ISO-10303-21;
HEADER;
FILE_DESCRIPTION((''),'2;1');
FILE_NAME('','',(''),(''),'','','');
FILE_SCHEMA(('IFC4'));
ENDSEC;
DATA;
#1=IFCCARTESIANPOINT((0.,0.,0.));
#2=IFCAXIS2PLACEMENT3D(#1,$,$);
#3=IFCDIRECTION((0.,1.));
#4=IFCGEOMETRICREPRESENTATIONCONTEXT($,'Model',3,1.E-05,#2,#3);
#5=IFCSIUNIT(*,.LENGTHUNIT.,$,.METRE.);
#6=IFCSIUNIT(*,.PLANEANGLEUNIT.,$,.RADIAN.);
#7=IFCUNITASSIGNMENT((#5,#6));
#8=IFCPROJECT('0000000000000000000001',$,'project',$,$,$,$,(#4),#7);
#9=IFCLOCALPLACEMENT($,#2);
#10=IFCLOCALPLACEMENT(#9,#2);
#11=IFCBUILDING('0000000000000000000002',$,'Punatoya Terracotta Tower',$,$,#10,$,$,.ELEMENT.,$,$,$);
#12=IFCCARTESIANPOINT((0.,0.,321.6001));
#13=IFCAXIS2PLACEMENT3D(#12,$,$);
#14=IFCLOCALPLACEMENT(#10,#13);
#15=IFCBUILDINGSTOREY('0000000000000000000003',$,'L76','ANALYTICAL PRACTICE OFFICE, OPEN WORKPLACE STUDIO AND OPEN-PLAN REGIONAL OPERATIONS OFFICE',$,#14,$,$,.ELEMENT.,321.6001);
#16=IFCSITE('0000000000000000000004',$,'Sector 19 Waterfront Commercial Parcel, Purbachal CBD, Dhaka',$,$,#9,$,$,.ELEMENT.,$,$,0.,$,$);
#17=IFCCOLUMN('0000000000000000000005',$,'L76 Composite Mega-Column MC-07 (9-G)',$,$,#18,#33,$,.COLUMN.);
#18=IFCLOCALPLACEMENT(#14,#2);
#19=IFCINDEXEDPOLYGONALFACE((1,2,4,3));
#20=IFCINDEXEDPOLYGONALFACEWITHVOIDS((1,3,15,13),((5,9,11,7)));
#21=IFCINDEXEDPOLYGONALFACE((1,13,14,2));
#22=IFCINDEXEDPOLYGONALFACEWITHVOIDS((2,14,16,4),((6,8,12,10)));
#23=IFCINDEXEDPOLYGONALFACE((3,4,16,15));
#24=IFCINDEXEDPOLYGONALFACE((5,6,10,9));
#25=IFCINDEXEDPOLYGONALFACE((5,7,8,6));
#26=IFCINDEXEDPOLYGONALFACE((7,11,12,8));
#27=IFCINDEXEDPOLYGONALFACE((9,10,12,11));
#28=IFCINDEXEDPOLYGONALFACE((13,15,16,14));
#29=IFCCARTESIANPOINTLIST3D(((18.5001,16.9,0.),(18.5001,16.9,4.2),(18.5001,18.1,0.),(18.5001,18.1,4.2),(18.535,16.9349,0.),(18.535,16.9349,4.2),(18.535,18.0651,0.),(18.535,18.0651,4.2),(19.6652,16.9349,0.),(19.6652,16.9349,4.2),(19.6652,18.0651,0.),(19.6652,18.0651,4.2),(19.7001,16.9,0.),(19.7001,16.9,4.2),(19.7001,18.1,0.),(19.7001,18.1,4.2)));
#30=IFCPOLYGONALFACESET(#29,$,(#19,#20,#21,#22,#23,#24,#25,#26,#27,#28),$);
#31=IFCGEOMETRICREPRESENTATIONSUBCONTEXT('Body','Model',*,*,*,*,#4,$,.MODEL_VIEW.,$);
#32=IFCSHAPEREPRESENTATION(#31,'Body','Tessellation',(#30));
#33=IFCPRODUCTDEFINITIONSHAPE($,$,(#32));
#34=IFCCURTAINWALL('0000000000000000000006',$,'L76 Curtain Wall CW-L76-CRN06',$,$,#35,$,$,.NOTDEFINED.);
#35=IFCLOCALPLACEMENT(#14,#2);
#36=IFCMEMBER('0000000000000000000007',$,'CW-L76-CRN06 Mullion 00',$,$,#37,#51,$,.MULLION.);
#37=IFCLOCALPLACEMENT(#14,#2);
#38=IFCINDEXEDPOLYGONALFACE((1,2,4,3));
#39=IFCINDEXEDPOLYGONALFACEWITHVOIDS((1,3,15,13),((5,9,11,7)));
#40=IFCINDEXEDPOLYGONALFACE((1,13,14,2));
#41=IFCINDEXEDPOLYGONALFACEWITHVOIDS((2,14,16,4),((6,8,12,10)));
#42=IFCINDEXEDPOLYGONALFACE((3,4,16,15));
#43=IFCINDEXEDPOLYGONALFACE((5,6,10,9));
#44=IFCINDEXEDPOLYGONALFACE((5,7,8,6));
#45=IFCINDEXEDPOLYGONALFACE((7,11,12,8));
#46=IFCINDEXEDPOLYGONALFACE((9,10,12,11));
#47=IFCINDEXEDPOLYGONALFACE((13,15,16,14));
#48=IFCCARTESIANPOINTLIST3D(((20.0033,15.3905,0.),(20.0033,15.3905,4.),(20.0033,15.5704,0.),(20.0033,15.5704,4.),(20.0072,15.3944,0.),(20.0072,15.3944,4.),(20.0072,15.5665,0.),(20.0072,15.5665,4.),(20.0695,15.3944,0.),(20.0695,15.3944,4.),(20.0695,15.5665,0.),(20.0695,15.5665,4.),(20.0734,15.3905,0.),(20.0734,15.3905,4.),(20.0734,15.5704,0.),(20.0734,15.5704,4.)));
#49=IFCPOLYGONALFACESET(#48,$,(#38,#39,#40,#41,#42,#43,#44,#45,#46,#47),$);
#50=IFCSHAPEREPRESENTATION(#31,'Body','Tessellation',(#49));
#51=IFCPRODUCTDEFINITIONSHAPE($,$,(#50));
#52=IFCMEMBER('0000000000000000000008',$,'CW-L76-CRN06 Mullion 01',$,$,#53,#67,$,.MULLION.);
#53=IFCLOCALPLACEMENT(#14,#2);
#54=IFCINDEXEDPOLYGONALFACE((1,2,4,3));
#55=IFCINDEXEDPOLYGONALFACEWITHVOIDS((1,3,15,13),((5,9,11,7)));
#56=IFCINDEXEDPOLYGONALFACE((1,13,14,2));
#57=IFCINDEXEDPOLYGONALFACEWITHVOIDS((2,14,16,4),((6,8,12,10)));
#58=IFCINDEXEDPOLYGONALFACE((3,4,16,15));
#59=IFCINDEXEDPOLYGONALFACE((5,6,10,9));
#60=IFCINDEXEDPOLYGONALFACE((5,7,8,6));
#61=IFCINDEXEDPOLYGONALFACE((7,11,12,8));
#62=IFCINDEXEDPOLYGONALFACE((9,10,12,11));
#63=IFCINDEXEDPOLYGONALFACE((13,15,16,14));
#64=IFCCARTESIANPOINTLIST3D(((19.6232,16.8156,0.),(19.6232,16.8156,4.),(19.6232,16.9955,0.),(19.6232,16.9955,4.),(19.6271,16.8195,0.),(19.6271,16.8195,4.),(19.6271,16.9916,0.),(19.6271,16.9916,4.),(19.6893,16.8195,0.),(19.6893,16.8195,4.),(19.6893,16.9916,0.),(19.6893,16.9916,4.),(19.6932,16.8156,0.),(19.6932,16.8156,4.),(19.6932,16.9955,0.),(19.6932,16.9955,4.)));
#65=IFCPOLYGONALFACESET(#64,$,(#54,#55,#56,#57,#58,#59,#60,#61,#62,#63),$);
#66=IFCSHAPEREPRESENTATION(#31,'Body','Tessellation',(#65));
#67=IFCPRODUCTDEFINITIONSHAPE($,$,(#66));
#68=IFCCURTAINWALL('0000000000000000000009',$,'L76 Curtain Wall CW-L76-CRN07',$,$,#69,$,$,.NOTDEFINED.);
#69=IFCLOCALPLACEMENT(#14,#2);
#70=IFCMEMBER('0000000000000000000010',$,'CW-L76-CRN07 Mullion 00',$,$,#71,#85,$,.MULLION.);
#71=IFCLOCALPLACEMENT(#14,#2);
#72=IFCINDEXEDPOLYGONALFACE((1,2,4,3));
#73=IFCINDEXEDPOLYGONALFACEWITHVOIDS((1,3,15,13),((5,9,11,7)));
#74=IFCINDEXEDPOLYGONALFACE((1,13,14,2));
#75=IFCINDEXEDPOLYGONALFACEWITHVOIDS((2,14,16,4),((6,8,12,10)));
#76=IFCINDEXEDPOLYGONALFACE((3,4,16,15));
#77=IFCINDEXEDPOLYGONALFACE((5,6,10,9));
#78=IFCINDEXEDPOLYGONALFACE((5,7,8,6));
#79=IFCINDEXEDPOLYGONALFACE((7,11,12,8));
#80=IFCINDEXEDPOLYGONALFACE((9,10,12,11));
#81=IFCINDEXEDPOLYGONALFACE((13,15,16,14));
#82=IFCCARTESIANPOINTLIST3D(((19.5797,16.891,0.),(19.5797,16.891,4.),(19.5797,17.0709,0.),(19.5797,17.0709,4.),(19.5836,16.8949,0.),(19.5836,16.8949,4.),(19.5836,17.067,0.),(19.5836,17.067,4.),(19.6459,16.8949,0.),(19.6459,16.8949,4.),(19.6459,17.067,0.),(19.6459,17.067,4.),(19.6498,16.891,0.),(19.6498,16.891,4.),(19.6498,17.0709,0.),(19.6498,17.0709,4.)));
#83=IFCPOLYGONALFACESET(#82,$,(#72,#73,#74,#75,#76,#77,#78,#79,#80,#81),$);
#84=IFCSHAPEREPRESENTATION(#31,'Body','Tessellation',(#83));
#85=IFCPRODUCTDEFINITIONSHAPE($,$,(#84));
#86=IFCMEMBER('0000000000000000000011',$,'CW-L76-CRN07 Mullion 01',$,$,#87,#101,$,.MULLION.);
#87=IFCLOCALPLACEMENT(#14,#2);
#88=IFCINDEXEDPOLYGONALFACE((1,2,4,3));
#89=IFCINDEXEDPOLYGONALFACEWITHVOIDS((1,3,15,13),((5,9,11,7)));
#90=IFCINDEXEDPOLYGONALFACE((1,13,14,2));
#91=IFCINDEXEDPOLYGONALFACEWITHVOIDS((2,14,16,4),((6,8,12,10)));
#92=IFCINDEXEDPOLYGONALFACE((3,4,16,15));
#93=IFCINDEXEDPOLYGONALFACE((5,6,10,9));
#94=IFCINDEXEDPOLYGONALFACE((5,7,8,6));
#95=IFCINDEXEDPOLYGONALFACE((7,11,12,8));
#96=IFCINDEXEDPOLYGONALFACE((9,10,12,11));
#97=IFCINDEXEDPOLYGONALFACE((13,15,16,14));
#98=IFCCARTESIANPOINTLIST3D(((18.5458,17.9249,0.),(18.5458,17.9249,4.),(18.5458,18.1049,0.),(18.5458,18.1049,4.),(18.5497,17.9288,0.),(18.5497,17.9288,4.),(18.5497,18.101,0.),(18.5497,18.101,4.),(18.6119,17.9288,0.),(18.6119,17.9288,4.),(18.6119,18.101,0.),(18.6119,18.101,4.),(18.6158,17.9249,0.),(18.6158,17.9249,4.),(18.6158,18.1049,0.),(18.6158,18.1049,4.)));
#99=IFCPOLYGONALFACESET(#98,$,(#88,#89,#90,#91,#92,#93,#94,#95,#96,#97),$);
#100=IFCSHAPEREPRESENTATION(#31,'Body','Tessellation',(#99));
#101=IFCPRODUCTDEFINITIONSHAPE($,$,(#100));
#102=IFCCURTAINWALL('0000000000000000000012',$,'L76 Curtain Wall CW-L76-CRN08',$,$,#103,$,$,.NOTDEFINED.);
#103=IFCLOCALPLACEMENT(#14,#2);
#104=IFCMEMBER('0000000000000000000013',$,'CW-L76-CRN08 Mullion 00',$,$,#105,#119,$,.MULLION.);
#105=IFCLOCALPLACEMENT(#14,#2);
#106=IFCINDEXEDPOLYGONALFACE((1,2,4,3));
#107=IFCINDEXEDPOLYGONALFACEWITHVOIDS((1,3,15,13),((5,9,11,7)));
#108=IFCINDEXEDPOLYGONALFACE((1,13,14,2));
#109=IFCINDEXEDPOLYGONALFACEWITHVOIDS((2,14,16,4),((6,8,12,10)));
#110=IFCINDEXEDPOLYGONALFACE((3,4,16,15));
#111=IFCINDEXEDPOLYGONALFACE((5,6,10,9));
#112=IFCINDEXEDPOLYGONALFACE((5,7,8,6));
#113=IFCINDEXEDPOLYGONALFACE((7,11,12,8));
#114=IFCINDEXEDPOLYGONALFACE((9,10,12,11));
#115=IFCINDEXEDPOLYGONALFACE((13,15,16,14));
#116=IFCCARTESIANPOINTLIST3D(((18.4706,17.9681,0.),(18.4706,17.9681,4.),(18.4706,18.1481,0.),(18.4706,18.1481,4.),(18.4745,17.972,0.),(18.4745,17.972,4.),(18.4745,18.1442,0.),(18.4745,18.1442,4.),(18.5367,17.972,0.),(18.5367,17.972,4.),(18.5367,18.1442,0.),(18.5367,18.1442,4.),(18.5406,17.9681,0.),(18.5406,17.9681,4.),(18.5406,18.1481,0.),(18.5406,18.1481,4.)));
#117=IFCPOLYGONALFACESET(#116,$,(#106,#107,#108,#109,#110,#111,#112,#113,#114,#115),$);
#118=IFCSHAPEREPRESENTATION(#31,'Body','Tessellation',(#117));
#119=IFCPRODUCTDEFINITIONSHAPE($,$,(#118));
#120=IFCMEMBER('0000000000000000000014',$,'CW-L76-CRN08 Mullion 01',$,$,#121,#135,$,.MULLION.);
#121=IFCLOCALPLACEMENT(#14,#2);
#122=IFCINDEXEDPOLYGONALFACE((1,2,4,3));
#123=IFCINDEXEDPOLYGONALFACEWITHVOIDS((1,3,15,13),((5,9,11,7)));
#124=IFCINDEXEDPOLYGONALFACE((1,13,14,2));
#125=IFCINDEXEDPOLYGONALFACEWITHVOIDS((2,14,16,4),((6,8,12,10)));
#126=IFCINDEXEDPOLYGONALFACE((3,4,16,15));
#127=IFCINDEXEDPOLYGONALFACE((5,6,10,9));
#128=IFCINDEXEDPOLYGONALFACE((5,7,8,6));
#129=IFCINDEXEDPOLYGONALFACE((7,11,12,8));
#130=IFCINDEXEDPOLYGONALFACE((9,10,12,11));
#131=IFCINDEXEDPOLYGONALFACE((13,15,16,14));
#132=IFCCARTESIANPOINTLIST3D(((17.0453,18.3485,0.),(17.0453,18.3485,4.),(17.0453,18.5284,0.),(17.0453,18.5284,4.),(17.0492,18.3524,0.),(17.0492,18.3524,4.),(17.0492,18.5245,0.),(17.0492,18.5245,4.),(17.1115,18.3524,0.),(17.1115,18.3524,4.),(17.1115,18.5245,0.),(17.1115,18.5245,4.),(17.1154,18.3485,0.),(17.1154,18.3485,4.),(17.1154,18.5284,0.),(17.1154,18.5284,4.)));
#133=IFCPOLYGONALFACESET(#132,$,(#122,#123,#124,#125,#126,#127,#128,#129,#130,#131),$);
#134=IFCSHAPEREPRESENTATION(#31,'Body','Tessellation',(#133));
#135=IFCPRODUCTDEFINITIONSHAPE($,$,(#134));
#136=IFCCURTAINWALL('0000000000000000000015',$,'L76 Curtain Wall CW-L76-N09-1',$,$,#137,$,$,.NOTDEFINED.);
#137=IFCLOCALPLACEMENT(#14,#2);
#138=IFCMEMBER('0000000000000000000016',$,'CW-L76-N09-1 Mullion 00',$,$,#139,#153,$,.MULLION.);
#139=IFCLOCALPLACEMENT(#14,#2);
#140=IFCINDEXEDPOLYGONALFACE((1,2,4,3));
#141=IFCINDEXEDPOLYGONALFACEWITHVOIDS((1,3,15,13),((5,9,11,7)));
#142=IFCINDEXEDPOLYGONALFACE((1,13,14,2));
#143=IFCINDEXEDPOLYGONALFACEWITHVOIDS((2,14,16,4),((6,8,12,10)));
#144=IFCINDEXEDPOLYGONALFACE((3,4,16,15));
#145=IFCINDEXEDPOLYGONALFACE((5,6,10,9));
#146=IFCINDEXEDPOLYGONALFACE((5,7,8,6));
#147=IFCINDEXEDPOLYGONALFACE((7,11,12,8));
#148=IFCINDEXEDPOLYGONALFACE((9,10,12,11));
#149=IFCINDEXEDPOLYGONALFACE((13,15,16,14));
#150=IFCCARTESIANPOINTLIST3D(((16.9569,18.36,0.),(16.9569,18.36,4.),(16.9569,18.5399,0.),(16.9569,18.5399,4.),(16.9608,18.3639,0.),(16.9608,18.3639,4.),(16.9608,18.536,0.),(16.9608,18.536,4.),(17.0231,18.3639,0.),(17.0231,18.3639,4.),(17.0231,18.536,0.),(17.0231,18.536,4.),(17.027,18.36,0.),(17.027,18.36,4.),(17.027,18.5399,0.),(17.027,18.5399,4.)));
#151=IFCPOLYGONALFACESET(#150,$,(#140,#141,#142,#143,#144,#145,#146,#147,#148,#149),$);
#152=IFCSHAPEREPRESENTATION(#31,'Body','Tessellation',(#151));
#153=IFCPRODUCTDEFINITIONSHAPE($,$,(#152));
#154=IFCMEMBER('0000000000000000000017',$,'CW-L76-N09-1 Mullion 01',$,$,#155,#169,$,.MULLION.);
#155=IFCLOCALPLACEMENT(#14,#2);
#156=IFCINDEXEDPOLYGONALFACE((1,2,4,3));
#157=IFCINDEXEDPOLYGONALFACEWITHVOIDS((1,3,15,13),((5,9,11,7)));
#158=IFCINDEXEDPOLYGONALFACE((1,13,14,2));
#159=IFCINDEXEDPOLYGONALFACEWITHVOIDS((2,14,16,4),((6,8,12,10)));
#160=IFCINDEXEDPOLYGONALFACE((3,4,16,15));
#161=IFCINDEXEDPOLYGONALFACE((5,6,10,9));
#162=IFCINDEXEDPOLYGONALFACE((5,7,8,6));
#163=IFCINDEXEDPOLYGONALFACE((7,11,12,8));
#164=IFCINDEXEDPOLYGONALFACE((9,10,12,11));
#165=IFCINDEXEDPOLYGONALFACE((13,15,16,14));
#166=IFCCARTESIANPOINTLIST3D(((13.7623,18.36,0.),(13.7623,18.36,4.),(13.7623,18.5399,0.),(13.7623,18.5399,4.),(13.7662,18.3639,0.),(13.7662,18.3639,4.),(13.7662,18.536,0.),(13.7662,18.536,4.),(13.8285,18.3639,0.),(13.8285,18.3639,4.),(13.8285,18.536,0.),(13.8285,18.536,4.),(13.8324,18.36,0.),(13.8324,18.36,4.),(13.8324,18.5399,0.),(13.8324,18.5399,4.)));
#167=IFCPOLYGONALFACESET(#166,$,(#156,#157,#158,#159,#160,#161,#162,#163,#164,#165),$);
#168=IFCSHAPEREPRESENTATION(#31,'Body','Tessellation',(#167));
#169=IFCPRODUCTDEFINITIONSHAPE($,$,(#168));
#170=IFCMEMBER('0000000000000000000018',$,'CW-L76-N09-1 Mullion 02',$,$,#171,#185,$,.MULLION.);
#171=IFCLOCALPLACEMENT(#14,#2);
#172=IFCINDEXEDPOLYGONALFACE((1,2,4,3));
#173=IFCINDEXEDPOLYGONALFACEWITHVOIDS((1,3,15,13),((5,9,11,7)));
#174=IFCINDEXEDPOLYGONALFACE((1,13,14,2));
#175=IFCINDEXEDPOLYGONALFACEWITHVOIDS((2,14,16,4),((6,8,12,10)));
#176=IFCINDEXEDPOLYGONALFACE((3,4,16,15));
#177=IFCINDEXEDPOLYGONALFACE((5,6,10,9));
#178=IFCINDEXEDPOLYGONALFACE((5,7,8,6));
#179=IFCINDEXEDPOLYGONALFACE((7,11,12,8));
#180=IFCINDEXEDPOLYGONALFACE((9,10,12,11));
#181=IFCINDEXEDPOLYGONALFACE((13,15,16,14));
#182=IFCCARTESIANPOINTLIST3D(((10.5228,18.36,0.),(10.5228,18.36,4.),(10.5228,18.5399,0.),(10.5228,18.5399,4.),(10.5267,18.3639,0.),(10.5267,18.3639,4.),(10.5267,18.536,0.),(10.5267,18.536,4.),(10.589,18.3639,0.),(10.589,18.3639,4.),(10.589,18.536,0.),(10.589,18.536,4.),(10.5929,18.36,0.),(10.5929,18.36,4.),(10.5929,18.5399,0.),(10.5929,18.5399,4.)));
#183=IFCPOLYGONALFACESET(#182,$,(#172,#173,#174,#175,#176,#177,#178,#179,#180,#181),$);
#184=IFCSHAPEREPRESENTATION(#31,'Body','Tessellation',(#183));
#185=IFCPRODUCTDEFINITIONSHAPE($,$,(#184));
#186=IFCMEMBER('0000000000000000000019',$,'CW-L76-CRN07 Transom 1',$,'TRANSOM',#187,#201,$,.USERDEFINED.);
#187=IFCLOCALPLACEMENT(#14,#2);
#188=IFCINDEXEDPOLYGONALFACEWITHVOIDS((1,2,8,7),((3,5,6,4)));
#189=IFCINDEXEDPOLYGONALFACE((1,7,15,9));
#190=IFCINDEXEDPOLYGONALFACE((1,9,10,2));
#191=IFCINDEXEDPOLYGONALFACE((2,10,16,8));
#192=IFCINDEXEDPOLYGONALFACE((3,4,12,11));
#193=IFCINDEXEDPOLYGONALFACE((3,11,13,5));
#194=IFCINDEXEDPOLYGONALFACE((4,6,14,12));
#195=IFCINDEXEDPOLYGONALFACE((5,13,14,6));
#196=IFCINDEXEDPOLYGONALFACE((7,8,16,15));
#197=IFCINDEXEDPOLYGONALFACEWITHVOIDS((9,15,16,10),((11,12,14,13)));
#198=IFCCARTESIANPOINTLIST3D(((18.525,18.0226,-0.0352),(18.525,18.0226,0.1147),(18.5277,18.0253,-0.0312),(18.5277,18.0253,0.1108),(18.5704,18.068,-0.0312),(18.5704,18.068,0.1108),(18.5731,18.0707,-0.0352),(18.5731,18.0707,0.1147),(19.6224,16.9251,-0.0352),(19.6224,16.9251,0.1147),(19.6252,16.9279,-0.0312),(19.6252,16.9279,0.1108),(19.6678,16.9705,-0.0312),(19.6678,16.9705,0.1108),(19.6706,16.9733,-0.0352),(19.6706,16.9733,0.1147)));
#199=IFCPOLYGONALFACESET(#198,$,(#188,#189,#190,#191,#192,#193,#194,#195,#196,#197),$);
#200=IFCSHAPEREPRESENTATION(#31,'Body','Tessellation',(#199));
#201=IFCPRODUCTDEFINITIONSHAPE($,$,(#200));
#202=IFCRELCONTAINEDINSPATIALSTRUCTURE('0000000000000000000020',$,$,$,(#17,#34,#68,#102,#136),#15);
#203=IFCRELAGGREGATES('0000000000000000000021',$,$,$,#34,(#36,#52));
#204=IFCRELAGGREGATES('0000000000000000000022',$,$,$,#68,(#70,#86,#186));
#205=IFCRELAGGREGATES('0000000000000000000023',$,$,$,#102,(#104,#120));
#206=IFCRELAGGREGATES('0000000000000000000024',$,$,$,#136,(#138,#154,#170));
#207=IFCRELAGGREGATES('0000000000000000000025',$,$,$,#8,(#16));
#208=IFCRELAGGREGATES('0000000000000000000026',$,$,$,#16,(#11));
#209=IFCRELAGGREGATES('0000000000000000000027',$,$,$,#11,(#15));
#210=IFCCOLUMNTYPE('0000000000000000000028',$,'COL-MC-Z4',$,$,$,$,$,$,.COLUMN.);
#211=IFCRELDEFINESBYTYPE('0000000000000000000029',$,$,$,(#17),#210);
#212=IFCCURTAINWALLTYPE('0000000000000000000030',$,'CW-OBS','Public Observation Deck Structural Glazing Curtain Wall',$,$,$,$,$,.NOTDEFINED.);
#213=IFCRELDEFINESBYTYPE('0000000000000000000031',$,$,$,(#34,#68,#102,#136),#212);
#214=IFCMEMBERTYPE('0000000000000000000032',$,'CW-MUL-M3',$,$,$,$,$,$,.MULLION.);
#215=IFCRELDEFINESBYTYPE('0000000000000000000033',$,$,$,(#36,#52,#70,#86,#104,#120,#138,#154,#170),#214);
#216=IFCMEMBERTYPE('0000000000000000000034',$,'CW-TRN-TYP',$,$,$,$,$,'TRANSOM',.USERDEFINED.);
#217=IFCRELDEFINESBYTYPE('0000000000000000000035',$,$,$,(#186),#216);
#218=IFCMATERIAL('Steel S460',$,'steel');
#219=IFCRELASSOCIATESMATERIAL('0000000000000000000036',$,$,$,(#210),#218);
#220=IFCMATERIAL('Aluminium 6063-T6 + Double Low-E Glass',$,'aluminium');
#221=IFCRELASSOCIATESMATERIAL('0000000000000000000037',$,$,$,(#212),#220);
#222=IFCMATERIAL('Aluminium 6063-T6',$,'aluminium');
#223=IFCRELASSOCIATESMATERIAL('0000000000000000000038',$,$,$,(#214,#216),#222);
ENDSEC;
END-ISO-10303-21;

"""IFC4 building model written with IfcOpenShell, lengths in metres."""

from ifc_helpers import new_model, si_unit, direction, frame, origin, origin_2d, place, context, subcontext, project, spatial, hollow_rectangle, extrude, material, material_profile, profile_set, type_object, element, aggregate, save


model = new_model("IFC4")

# Units and contexts
model_context = context("Model", 3, precision=1e-05, world=origin(), true_north=direction((0.0, 1.0)))
body_context = subcontext(model_context, "Body", "Model", "MODEL_VIEW")
ifc_project = project(units=[si_unit("LENGTHUNIT", "METRE"), si_unit("PLANEANGLEUNIT", "RADIAN")], contexts=[model_context])

# Site, building, storey
site_placement = place(None, origin())
site = spatial("IfcSite", under=ifc_project, at=site_placement, Name="Sector 19 Waterfront Commercial Parcel, Purbachal CBD, Dhaka", CompositionType="ELEMENT", RefElevation=0.0)
building_placement = place(site_placement, origin())
building = spatial("IfcBuilding", under=site, at=building_placement, Name="Punatoya Terracotta Tower", CompositionType="ELEMENT")
storey_placement = place(building_placement, frame((0.0, 0.0, 321.6001)))
storey = spatial("IfcBuildingStorey", under=building, at=storey_placement, Name="L76", Description="ANALYTICAL PRACTICE OFFICE, OPEN WORKPLACE STUDIO AND OPEN-PLAN REGIONAL OPERATIONS OFFICE", CompositionType="ELEMENT", Elevation=321.6001)

# Column
ifc_material_1 = material(Name="Steel S460", Category="steel")
ifc_material_profile_1 = material_profile(ifc_material_1, hollow_rectangle(XDim=1.2, YDim=1.2, WallThickness=0.0349, at=origin_2d()))
ifc_profile_set_1 = profile_set([ifc_material_profile_1], Name="Steel S460")
column_type = type_object("IfcColumnType", Name="COL-MC-Z4", PredefinedType="COLUMN", material=ifc_profile_set_1)
column_placement = place(storey_placement, frame((19.1001, 17.5, 0.0), z_axis=(0.0, 0.0, 1.0), x_axis=(1.0, 0.0, 0.0)))
element("IfcColumn", 1, at=column_placement, inside=storey, type_object=column_type, Name="L76 Composite Mega-Column MC-07 (9-G)", PredefinedType="COLUMN", context=body_context, shape_type="SweptSolid", body=[
    extrude(hollow_rectangle(XDim=1.2, YDim=1.2, WallThickness=0.0349, at=origin_2d()), origin(), (0.0, 0.0, 1.0), 4.2),
])

# Curtain walls, members
ifc_material_2 = material(Name="Aluminium 6063-T6 + Double Low-E Glass", Category="aluminium")
curtain_wall_type = type_object("IfcCurtainWallType", Name="CW-OBS", Description="Public Observation Deck Structural Glazing Curtain Wall", PredefinedType="NOTDEFINED", material=ifc_material_2)
curtain_wall_1_placement = place(storey_placement, origin())
curtain_wall_1 = element("IfcCurtainWall", 2, at=curtain_wall_1_placement, inside=storey, type_object=curtain_wall_type, Name="L76 Curtain Wall CW-L76-CRN06", PredefinedType="NOTDEFINED")
ifc_material_3 = material(Name="Aluminium 6063-T6", Category="aluminium")
ifc_material_profile_2 = material_profile(ifc_material_3, hollow_rectangle(XDim=0.0701, YDim=0.1799, WallThickness=0.0039, at=origin_2d()))
ifc_profile_set_2 = profile_set([ifc_material_profile_2], Name="Aluminium 6063-T6")
member_type_1 = type_object("IfcMemberType", Name="CW-MUL-M3", PredefinedType="MULLION", material=ifc_profile_set_2)
member_1_placement = place(storey_placement, frame((20.0383, 15.4805, 0.0), z_axis=(0.0, 0.0, 1.0), x_axis=(1.0, 0.0, 0.0)))
member_1 = element("IfcMember", 3, at=member_1_placement, type_object=member_type_1, Name="CW-L76-CRN06 Mullion 00", PredefinedType="MULLION", context=body_context, shape_type="SweptSolid", body=[
    extrude(hollow_rectangle(XDim=0.0701, YDim=0.1799, WallThickness=0.0039, at=origin_2d()), origin(), (0.0, 0.0, 1.0), 4.0),
])
member_2_placement = place(storey_placement, frame((19.6582, 16.9055, 0.0), z_axis=(0.0, 0.0, 1.0), x_axis=(1.0, 0.0, 0.0)))
member_2 = element("IfcMember", 4, at=member_2_placement, type_object=member_type_1, Name="CW-L76-CRN06 Mullion 01", PredefinedType="MULLION", context=body_context, shape_type="SweptSolid", body=[
    extrude(hollow_rectangle(XDim=0.0701, YDim=0.1799, WallThickness=0.0039, at=origin_2d()), origin(), (0.0, 0.0, 1.0), 4.0),
])
curtain_wall_2_placement = place(storey_placement, origin())
curtain_wall_2 = element("IfcCurtainWall", 5, at=curtain_wall_2_placement, inside=storey, type_object=curtain_wall_type, Name="L76 Curtain Wall CW-L76-CRN07", PredefinedType="NOTDEFINED")
member_3_placement = place(storey_placement, frame((19.6147, 16.981, 0.0), z_axis=(0.0, 0.0, 1.0), x_axis=(1.0, 0.0, 0.0)))
member_3 = element("IfcMember", 6, at=member_3_placement, type_object=member_type_1, Name="CW-L76-CRN07 Mullion 00", PredefinedType="MULLION", context=body_context, shape_type="SweptSolid", body=[
    extrude(hollow_rectangle(XDim=0.0701, YDim=0.1799, WallThickness=0.0039, at=origin_2d()), origin(), (0.0, 0.0, 1.0), 4.0),
])
member_4_placement = place(storey_placement, frame((18.5808, 18.0149, 0.0), z_axis=(0.0, 0.0, 1.0), x_axis=(1.0, 0.0, 0.0)))
member_4 = element("IfcMember", 7, at=member_4_placement, type_object=member_type_1, Name="CW-L76-CRN07 Mullion 01", PredefinedType="MULLION", context=body_context, shape_type="SweptSolid", body=[
    extrude(hollow_rectangle(XDim=0.0701, YDim=0.1799, WallThickness=0.0039, at=origin_2d()), origin(), (0.0, 0.0, 1.0), 4.0),
])
curtain_wall_3_placement = place(storey_placement, origin())
curtain_wall_3 = element("IfcCurtainWall", 8, at=curtain_wall_3_placement, inside=storey, type_object=curtain_wall_type, Name="L76 Curtain Wall CW-L76-CRN08", PredefinedType="NOTDEFINED")
member_5_placement = place(storey_placement, frame((18.5056, 18.0581, 0.0), z_axis=(0.0, 0.0, 1.0), x_axis=(1.0, 0.0, 0.0)))
member_5 = element("IfcMember", 9, at=member_5_placement, type_object=member_type_1, Name="CW-L76-CRN08 Mullion 00", PredefinedType="MULLION", context=body_context, shape_type="SweptSolid", body=[
    extrude(hollow_rectangle(XDim=0.0701, YDim=0.1799, WallThickness=0.0039, at=origin_2d()), origin(), (0.0, 0.0, 1.0), 4.0),
])
member_6_placement = place(storey_placement, frame((17.0803, 18.4385, 0.0), z_axis=(0.0, 0.0, 1.0), x_axis=(1.0, 0.0, 0.0)))
member_6 = element("IfcMember", 10, at=member_6_placement, type_object=member_type_1, Name="CW-L76-CRN08 Mullion 01", PredefinedType="MULLION", context=body_context, shape_type="SweptSolid", body=[
    extrude(hollow_rectangle(XDim=0.0701, YDim=0.1799, WallThickness=0.0039, at=origin_2d()), origin(), (0.0, 0.0, 1.0), 4.0),
])
curtain_wall_4_placement = place(storey_placement, origin())
curtain_wall_4 = element("IfcCurtainWall", 11, at=curtain_wall_4_placement, inside=storey, type_object=curtain_wall_type, Name="L76 Curtain Wall CW-L76-N09-1", PredefinedType="NOTDEFINED")
member_7_placement = place(storey_placement, frame((16.9919, 18.45, 0.0), z_axis=(0.0, 0.0, 1.0), x_axis=(1.0, 0.0, 0.0)))
member_7 = element("IfcMember", 12, at=member_7_placement, type_object=member_type_1, Name="CW-L76-N09-1 Mullion 00", PredefinedType="MULLION", context=body_context, shape_type="SweptSolid", body=[
    extrude(hollow_rectangle(XDim=0.0701, YDim=0.1799, WallThickness=0.0039, at=origin_2d()), origin(), (0.0, 0.0, 1.0), 4.0),
])
member_8_placement = place(storey_placement, frame((13.7974, 18.45, 0.0), z_axis=(0.0, 0.0, 1.0), x_axis=(1.0, 0.0, 0.0)))
member_8 = element("IfcMember", 13, at=member_8_placement, type_object=member_type_1, Name="CW-L76-N09-1 Mullion 01", PredefinedType="MULLION", context=body_context, shape_type="SweptSolid", body=[
    extrude(hollow_rectangle(XDim=0.0701, YDim=0.1799, WallThickness=0.0039, at=origin_2d()), origin(), (0.0, 0.0, 1.0), 4.0),
])
member_9_placement = place(storey_placement, frame((10.5579, 18.45, 0.0), z_axis=(0.0, 0.0, 1.0), x_axis=(1.0, 0.0, 0.0)))
member_9 = element("IfcMember", 14, at=member_9_placement, type_object=member_type_1, Name="CW-L76-N09-1 Mullion 02", PredefinedType="MULLION", context=body_context, shape_type="SweptSolid", body=[
    extrude(hollow_rectangle(XDim=0.0701, YDim=0.1799, WallThickness=0.0039, at=origin_2d()), origin(), (0.0, 0.0, 1.0), 4.0),
])

# Member
ifc_material_profile_3 = material_profile(ifc_material_3, hollow_rectangle(XDim=0.0681, YDim=0.1499, WallThickness=0.0039, at=origin_2d()))
ifc_profile_set_3 = profile_set([ifc_material_profile_3], Name="Aluminium 6063-T6")
member_type_2 = type_object("IfcMemberType", Name="CW-TRN-TYP", ElementType="TRANSOM", PredefinedType="USERDEFINED", material=ifc_profile_set_3)
member_10_placement = place(storey_placement, frame((19.6465, 16.9492, 0.0398), z_axis=(-0.707107, 0.707107, 0.0), x_axis=(-0.707107, -0.707107, 0.0)))
member_10 = element("IfcMember", 15, at=member_10_placement, type_object=member_type_2, Name="CW-L76-CRN07 Transom 1", ObjectType="TRANSOM", PredefinedType="USERDEFINED", context=body_context, shape_type="SweptSolid", body=[
    extrude(hollow_rectangle(XDim=0.0681, YDim=0.1499, WallThickness=0.0039, at=origin_2d()), origin(), (0.0, 0.0, 1.0), 1.552),
])

aggregate(curtain_wall_1, [member_1, member_2])
aggregate(curtain_wall_2, [member_3, member_4, member_10])
aggregate(curtain_wall_3, [member_5, member_6])
aggregate(curtain_wall_4, [member_7, member_8, member_9])

save(model, "model.ifc")
